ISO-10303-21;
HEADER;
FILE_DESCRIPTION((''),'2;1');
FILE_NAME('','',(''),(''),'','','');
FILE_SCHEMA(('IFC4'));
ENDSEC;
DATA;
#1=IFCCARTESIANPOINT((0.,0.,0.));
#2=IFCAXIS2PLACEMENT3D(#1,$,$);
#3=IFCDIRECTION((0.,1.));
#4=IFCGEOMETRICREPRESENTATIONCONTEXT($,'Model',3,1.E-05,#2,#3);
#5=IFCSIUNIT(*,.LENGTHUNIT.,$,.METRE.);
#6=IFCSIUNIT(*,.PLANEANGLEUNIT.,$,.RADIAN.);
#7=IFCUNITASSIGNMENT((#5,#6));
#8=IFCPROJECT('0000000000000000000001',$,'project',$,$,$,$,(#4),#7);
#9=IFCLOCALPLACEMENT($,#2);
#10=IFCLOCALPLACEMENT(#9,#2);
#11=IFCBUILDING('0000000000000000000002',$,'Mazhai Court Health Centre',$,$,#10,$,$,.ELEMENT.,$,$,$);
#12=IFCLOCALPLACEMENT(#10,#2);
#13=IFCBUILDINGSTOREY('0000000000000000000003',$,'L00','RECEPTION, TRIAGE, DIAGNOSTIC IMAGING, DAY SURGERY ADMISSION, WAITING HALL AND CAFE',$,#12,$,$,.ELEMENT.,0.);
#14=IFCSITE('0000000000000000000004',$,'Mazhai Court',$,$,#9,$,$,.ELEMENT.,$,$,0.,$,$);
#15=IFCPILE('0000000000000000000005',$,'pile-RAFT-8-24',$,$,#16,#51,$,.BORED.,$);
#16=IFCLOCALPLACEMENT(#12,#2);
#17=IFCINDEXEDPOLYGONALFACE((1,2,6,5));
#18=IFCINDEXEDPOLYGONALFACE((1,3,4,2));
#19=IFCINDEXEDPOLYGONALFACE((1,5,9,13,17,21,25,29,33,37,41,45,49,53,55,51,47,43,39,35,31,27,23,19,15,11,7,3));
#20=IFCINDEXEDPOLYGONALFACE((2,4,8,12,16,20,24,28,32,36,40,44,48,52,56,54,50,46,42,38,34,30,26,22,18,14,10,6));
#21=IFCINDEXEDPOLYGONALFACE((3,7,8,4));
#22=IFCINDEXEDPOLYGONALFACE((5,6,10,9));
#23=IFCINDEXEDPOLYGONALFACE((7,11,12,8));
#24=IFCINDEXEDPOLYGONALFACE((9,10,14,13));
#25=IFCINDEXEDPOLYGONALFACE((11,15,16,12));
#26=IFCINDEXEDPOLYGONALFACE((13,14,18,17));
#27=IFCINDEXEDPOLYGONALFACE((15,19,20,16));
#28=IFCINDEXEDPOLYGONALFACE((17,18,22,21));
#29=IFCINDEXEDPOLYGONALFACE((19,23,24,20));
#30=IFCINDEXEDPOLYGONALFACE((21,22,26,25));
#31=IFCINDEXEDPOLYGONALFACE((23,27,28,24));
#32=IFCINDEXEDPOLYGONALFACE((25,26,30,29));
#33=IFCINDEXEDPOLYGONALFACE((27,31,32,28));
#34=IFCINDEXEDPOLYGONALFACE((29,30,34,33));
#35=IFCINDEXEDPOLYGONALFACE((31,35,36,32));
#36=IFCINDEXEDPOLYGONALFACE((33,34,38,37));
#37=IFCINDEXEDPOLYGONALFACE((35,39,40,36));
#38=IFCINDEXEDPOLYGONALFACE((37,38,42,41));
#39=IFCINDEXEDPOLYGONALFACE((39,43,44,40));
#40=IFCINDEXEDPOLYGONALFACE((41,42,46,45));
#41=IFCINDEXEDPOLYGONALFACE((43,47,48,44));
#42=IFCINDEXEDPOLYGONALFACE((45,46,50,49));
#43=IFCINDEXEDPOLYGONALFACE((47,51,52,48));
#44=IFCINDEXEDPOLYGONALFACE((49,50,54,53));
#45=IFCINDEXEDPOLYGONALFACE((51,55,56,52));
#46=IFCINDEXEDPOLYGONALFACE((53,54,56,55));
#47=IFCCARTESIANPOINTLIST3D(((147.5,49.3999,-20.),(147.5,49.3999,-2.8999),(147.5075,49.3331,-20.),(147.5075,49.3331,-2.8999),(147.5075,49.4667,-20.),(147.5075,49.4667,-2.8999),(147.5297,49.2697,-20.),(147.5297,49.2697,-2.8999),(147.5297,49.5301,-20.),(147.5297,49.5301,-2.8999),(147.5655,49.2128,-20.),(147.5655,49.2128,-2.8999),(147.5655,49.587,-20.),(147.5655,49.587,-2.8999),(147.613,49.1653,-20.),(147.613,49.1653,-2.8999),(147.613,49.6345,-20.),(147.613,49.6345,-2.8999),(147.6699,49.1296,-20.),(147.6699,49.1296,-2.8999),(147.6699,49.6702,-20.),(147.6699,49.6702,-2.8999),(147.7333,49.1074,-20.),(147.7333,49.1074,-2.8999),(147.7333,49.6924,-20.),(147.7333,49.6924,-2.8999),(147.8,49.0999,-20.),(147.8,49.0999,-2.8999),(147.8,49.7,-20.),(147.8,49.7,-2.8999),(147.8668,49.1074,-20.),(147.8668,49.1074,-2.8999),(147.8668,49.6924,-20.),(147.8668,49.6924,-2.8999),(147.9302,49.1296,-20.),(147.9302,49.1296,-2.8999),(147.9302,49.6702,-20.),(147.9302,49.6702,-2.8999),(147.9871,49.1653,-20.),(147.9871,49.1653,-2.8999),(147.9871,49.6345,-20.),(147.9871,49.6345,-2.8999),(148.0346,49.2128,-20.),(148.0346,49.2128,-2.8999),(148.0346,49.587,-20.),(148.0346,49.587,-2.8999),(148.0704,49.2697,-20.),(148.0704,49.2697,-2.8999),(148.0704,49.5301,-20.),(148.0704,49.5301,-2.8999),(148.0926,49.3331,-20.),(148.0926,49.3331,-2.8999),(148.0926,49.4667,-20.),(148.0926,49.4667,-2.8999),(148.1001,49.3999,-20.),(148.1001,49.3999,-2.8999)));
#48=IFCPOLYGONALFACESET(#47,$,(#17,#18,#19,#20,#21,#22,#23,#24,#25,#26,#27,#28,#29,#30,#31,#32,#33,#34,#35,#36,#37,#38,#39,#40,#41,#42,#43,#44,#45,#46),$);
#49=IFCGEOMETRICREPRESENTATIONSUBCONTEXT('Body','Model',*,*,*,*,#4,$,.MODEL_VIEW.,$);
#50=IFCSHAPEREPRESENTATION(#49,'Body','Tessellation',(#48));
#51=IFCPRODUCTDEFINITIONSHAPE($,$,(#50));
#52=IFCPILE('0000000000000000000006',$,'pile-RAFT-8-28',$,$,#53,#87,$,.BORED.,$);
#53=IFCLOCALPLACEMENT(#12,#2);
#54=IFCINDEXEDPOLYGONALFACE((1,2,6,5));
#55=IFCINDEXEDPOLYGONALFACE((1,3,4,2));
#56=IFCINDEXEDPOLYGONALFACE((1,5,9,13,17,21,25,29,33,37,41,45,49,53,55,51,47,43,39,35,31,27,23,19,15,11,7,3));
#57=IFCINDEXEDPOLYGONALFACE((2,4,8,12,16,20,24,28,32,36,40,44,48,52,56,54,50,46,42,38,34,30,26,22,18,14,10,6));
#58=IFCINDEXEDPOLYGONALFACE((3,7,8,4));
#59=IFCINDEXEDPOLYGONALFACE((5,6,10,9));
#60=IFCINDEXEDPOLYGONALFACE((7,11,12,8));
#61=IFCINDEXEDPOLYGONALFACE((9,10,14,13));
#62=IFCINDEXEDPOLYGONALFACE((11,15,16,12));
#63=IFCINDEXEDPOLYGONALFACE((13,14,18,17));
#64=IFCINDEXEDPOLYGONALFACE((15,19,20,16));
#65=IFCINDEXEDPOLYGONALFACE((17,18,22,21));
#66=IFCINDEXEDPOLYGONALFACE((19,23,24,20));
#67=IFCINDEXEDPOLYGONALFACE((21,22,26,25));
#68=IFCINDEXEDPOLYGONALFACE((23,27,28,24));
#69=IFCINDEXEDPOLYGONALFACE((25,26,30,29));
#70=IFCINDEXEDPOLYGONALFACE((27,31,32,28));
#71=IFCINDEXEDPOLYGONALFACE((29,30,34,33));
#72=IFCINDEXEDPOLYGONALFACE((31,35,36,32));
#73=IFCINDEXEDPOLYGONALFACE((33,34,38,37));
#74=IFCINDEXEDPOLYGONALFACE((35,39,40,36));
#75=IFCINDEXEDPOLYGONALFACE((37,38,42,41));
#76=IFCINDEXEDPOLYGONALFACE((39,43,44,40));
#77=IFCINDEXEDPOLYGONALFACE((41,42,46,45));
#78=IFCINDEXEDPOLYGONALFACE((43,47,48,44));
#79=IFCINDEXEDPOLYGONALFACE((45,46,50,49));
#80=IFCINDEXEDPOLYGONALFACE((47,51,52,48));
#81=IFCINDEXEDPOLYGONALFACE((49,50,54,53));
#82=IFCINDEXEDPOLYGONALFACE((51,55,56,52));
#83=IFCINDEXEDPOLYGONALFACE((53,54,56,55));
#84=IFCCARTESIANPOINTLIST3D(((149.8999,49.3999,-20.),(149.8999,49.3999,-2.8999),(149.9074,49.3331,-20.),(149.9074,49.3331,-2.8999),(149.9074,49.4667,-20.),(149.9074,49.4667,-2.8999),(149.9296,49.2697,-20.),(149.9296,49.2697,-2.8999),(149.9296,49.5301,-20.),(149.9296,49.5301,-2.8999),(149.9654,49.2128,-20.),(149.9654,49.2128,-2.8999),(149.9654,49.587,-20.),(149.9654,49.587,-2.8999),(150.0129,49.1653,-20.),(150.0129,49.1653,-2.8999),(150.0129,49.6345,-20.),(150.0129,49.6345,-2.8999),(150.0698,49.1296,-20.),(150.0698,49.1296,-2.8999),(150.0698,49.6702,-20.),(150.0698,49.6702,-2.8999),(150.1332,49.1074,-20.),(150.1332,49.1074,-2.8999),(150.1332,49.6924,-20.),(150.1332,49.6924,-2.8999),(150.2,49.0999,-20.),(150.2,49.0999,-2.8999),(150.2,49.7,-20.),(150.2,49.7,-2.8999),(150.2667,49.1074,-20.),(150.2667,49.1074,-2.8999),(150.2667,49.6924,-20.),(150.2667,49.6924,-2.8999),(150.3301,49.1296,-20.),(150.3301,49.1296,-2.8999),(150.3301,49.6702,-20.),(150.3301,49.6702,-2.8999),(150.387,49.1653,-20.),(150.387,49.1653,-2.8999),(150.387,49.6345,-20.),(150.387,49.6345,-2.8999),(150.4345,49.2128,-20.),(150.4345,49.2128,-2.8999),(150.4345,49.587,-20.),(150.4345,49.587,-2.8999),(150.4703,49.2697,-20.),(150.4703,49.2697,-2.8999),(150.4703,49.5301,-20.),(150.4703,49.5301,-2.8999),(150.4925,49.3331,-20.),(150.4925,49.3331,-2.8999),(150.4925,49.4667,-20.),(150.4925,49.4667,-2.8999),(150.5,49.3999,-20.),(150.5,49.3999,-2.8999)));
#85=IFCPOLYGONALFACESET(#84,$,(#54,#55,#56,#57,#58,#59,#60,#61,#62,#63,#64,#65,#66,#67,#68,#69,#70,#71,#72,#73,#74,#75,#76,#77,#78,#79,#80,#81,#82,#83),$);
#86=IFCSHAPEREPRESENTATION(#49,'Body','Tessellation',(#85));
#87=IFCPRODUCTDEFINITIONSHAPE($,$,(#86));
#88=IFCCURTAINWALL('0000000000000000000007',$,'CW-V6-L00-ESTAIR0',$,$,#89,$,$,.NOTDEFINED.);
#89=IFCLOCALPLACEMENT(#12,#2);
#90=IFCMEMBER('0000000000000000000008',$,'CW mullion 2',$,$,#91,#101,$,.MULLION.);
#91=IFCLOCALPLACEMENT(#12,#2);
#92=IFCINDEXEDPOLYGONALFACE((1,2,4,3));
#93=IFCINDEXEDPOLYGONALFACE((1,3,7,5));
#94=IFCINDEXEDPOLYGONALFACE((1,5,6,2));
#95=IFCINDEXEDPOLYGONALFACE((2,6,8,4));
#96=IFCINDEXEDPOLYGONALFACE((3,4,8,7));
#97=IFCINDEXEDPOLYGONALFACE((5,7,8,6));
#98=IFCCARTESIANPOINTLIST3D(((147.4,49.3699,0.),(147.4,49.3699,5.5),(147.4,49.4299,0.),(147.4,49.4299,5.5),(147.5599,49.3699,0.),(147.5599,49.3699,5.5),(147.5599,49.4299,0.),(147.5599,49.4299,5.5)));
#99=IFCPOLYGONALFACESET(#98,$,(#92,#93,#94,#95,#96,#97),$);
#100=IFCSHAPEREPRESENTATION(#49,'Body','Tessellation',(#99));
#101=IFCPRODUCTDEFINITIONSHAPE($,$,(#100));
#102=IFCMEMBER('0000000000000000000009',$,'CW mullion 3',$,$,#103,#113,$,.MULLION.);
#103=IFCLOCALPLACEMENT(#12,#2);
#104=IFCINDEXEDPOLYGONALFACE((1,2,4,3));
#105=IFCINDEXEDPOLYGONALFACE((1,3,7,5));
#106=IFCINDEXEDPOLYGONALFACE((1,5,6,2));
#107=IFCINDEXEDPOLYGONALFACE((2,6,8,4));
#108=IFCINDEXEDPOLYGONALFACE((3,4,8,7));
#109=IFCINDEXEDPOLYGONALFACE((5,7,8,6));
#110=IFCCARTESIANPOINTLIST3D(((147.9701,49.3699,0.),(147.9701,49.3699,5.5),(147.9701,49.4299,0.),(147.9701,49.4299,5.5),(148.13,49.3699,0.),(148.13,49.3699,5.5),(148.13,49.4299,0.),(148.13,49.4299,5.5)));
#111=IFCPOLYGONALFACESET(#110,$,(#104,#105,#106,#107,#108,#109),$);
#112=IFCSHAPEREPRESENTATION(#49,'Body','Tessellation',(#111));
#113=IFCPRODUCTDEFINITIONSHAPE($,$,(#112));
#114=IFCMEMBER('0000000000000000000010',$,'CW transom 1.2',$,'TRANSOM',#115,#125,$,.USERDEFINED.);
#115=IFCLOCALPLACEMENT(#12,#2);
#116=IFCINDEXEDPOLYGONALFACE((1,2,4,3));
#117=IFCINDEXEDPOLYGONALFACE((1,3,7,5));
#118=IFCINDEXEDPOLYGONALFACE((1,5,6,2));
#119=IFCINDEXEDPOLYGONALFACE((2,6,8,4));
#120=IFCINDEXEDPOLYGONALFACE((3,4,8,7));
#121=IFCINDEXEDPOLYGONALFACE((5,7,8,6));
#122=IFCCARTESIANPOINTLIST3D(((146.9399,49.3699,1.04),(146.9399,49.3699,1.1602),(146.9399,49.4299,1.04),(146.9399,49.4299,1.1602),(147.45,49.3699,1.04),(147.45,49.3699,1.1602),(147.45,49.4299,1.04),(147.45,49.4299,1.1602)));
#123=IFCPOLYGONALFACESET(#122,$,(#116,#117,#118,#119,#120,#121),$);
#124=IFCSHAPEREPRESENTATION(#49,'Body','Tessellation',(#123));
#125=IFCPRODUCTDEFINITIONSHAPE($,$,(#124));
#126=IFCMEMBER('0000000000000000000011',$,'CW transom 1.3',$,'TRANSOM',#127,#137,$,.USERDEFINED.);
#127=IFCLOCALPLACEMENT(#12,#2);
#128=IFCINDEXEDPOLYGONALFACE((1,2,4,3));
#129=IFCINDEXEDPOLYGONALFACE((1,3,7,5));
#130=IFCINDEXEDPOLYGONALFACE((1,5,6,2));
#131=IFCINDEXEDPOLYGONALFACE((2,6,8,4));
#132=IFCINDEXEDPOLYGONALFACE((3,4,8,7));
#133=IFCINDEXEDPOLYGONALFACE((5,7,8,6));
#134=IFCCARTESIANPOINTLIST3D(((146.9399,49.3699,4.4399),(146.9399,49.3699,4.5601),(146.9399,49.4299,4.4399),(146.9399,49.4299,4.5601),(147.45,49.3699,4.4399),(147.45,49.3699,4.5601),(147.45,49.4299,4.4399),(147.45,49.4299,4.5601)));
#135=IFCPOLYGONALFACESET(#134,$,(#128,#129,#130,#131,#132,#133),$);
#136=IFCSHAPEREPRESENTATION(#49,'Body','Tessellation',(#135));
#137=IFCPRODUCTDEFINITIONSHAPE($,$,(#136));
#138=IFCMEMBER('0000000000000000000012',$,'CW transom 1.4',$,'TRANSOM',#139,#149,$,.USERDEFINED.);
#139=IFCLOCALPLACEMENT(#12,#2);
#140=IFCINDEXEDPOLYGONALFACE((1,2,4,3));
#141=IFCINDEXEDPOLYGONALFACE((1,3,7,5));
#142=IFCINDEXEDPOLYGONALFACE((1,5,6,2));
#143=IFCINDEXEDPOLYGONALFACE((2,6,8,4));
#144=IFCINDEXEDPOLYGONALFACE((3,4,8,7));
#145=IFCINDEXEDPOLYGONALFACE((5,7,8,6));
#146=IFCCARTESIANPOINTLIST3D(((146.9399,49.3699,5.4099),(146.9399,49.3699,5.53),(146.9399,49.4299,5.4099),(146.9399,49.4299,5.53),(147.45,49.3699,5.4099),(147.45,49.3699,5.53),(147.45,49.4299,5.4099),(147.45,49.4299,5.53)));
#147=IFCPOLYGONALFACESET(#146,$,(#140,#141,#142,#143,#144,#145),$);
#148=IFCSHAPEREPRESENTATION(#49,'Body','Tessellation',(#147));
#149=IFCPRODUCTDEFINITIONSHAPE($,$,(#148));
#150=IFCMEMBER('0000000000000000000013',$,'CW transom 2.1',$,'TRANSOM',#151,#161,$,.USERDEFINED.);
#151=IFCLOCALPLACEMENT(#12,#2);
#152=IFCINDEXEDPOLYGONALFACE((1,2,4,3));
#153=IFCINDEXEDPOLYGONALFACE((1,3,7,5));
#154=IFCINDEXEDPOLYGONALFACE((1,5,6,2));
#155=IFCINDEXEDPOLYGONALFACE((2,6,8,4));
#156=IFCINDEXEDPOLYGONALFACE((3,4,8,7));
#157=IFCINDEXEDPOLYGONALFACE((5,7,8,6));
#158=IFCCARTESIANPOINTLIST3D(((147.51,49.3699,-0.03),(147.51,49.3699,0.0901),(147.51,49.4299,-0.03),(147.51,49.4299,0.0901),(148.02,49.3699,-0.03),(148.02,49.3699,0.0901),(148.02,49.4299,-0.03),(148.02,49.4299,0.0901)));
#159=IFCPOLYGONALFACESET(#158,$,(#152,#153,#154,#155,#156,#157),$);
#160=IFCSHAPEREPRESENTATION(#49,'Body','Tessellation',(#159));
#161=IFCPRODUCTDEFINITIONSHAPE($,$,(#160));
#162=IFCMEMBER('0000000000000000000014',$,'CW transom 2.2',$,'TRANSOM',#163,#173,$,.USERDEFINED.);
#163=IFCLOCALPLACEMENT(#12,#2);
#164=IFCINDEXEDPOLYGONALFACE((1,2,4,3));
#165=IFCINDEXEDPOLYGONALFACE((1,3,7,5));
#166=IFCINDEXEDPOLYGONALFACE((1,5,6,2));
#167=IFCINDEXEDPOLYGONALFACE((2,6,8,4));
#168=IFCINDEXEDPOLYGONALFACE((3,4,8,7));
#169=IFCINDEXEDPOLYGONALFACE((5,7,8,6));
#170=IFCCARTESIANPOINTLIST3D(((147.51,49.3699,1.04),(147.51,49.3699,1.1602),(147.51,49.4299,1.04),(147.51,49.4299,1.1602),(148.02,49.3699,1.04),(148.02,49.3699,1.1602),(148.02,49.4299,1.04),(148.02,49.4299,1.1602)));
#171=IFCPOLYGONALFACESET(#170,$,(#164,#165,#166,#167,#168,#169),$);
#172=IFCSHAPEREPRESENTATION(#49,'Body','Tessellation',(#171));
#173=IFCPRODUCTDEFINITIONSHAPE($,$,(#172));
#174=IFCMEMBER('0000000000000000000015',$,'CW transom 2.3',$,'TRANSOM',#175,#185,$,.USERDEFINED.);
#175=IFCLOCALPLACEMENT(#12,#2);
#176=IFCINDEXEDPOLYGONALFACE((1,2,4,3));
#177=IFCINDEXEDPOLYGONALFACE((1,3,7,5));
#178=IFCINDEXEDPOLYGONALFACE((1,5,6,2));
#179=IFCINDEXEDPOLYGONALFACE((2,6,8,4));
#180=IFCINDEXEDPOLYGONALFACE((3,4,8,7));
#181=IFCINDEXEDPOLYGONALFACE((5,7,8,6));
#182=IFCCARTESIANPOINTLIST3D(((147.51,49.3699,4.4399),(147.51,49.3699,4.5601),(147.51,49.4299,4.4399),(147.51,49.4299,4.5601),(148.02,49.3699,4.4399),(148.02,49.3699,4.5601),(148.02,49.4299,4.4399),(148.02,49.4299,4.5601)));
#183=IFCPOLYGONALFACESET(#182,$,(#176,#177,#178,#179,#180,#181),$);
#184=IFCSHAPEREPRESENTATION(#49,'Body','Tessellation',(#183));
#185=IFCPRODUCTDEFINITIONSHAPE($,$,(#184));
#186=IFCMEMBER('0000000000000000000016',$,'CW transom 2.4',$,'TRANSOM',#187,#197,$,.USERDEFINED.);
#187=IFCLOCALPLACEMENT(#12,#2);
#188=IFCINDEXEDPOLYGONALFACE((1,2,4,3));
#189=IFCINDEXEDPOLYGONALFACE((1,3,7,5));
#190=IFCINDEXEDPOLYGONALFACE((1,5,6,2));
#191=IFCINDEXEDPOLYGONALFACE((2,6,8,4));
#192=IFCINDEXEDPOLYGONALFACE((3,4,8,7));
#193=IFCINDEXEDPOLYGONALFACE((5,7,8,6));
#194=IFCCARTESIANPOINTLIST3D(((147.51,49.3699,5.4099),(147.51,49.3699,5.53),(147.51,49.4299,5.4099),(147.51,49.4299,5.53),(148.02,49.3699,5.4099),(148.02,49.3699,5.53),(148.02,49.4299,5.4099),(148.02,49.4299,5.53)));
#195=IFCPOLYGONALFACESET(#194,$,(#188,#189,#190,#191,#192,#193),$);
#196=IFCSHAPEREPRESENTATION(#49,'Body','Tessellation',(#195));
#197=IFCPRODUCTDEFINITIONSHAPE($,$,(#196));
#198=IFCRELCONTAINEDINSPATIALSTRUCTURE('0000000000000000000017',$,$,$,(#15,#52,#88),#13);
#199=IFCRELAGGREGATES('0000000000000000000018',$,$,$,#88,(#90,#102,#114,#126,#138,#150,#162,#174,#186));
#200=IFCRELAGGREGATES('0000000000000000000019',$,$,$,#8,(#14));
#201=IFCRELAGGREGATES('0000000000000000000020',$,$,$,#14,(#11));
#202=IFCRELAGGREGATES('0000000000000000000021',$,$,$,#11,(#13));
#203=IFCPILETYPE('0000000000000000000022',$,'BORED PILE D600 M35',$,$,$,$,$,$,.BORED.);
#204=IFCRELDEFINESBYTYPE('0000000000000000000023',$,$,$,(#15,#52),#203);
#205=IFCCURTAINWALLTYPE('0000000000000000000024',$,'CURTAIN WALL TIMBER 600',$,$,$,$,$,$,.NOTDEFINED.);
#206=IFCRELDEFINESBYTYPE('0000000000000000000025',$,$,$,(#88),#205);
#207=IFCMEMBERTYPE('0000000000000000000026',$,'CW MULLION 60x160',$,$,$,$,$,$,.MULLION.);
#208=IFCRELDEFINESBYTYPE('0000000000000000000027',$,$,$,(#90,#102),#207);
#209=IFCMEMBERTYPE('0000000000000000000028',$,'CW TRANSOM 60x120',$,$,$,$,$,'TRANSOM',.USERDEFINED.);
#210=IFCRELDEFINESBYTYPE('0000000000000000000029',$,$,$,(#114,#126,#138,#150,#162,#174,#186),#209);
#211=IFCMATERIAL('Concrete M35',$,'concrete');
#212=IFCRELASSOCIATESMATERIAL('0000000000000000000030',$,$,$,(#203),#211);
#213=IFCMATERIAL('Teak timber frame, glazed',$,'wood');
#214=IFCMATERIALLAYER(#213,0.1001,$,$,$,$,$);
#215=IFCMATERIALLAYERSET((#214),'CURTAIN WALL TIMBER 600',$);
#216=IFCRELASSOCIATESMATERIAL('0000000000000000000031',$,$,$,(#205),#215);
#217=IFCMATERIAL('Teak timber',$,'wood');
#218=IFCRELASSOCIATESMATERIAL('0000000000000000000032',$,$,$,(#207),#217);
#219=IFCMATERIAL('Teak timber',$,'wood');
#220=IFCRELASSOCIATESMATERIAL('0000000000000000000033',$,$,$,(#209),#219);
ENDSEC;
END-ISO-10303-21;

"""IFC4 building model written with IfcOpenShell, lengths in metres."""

from ifc_helpers import new_model, si_unit, direction, frame, origin, origin_2d, place, context, subcontext, project, spatial, rectangle, circle, extrude, material, layer, layer_set, material_profile, profile_set, type_object, element, aggregate, save


model = new_model("IFC4")

# Units and contexts
model_context = context("Model", 3, precision=1e-05, world=origin(), true_north=direction((0.0, 1.0)))
body_context = subcontext(model_context, "Body", "Model", "MODEL_VIEW")
ifc_project = project(units=[si_unit("LENGTHUNIT", "METRE"), si_unit("PLANEANGLEUNIT", "RADIAN")], contexts=[model_context])

# Site, building, storey
site_placement = place(None, origin())
site = spatial("IfcSite", under=ifc_project, at=site_placement, Name="Mazhai Court", CompositionType="ELEMENT", RefElevation=0.0)
building_placement = place(site_placement, origin())
building = spatial("IfcBuilding", under=site, at=building_placement, Name="Mazhai Court Health Centre", CompositionType="ELEMENT")
storey_placement = place(building_placement, origin())
storey = spatial("IfcBuildingStorey", under=building, at=storey_placement, Name="L00", Description="RECEPTION, TRIAGE, DIAGNOSTIC IMAGING, DAY SURGERY ADMISSION, WAITING HALL AND CAFE", CompositionType="ELEMENT", Elevation=0.0)

# Piles
ifc_material_1 = material(Name="Concrete M35", Category="concrete")
ifc_material_profile_1 = material_profile(ifc_material_1, circle(Radius=0.3, at=origin_2d()), Name="RC PILE D600")
ifc_profile_set_1 = profile_set([ifc_material_profile_1], Name="Concrete M35")
pile_type = type_object("IfcPileType", Name="BORED PILE D600 M35", PredefinedType="BORED", material=ifc_profile_set_1)
for number, where, z_axis, x_axis, name in (
    (1, (147.8, 49.3999, -2.8999), (0.0, 0.0, -1.0), (1.0, 0.0, 0.0), "pile-RAFT-8-24"),
    (2, (150.2, 49.3999, -2.8999), (0.0, 0.0, -1.0), (1.0, 0.0, 0.0), "pile-RAFT-8-28"),
):
    element("IfcPile", number, at=place(storey_placement, frame(where, z_axis=z_axis, x_axis=x_axis)), inside=storey, type_object=pile_type, Name=name, PredefinedType="BORED", context=body_context, shape_type="SweptSolid", body=[
        extrude(circle(Radius=0.3, at=origin_2d()), origin(), (0.0, 0.0, 1.0), 17.1001),
    ])

# Curtain wall, members
ifc_material_2 = material(Name="Teak timber frame, glazed", Category="wood")
ifc_layer_1 = layer(ifc_material_2, 0.1001)
ifc_layer_set_1 = layer_set([ifc_layer_1], Name="CURTAIN WALL TIMBER 600")
curtain_wall_type = type_object("IfcCurtainWallType", Name="CURTAIN WALL TIMBER 600", PredefinedType="NOTDEFINED", material=ifc_layer_set_1)
curtain_wall_placement = place(storey_placement, origin())
curtain_wall = element("IfcCurtainWall", 3, at=curtain_wall_placement, inside=storey, type_object=curtain_wall_type, Name="CW-V6-L00-ESTAIR0", PredefinedType="NOTDEFINED")
ifc_material_3 = material(Name="Teak timber", Category="wood")
ifc_material_profile_2 = material_profile(ifc_material_3, rectangle(XDim=0.0601, YDim=0.1599, at=origin_2d()), Name="CW MULLION 60x160")
ifc_profile_set_2 = profile_set([ifc_material_profile_2], Name="Teak timber")
member_type_1 = type_object("IfcMemberType", Name="CW MULLION 60x160", PredefinedType="MULLION", material=ifc_profile_set_2)
member_1_placement = place(storey_placement, frame((147.48, 49.3999, 0.0), z_axis=(0.0, 0.0, 1.0), x_axis=(0.0, 1.0, 0.0)))
member_1 = element("IfcMember", 4, at=member_1_placement, type_object=member_type_1, Name="CW mullion 2", PredefinedType="MULLION", context=body_context, shape_type="SweptSolid", body=[
    extrude(rectangle(XDim=0.0601, YDim=0.1599, at=origin_2d()), origin(), (0.0, 0.0, 1.0), 5.5),
])
member_2_placement = place(storey_placement, frame((148.05, 49.3999, 0.0), z_axis=(0.0, 0.0, 1.0), x_axis=(0.0, 1.0, 0.0)))
member_2 = element("IfcMember", 5, at=member_2_placement, type_object=member_type_1, Name="CW mullion 3", PredefinedType="MULLION", context=body_context, shape_type="SweptSolid", body=[
    extrude(rectangle(XDim=0.0601, YDim=0.1599, at=origin_2d()), origin(), (0.0, 0.0, 1.0), 5.5),
])
ifc_material_4 = material(Name="Teak timber", Category="wood")
ifc_material_profile_3 = material_profile(ifc_material_4, rectangle(XDim=0.0601, YDim=0.1201, at=origin_2d()), Name="CW TRANSOM 60x120")
ifc_profile_set_3 = profile_set([ifc_material_profile_3], Name="Teak timber")
member_type_2 = type_object("IfcMemberType", Name="CW TRANSOM 60x120", ElementType="TRANSOM", PredefinedType="USERDEFINED", material=ifc_profile_set_3)
member_3_placement = place(storey_placement, frame((146.9399, 49.3999, 1.1001), z_axis=(1.0, 0.0, 0.0), x_axis=(0.0, 1.0, 0.0)))
member_3 = element("IfcMember", 6, at=member_3_placement, type_object=member_type_2, Name="CW transom 1.2", ObjectType="TRANSOM", PredefinedType="USERDEFINED", context=body_context, shape_type="SweptSolid", body=[
    extrude(rectangle(XDim=0.0601, YDim=0.1201, at=origin_2d()), origin(), (0.0, 0.0, 1.0), 0.51),
])
member_4_placement = place(storey_placement, frame((146.9399, 49.3999, 4.5), z_axis=(1.0, 0.0, 0.0), x_axis=(0.0, 1.0, 0.0)))
member_4 = element("IfcMember", 7, at=member_4_placement, type_object=member_type_2, Name="CW transom 1.3", ObjectType="TRANSOM", PredefinedType="USERDEFINED", context=body_context, shape_type="SweptSolid", body=[
    extrude(rectangle(XDim=0.0601, YDim=0.1201, at=origin_2d()), origin(), (0.0, 0.0, 1.0), 0.51),
])
member_5_placement = place(storey_placement, frame((146.9399, 49.3999, 5.47), z_axis=(1.0, 0.0, 0.0), x_axis=(0.0, 1.0, 0.0)))
member_5 = element("IfcMember", 8, at=member_5_placement, type_object=member_type_2, Name="CW transom 1.4", ObjectType="TRANSOM", PredefinedType="USERDEFINED", context=body_context, shape_type="SweptSolid", body=[
    extrude(rectangle(XDim=0.0601, YDim=0.1201, at=origin_2d()), origin(), (0.0, 0.0, 1.0), 0.51),
])
member_6_placement = place(storey_placement, frame((147.51, 49.3999, 0.03), z_axis=(1.0, 0.0, 0.0), x_axis=(0.0, 1.0, 0.0)))
member_6 = element("IfcMember", 9, at=member_6_placement, type_object=member_type_2, Name="CW transom 2.1", ObjectType="TRANSOM", PredefinedType="USERDEFINED", context=body_context, shape_type="SweptSolid", body=[
    extrude(rectangle(XDim=0.0601, YDim=0.1201, at=origin_2d()), origin(), (0.0, 0.0, 1.0), 0.51),
])
member_7_placement = place(storey_placement, frame((147.51, 49.3999, 1.1001), z_axis=(1.0, 0.0, 0.0), x_axis=(0.0, 1.0, 0.0)))
member_7 = element("IfcMember", 10, at=member_7_placement, type_object=member_type_2, Name="CW transom 2.2", ObjectType="TRANSOM", PredefinedType="USERDEFINED", context=body_context, shape_type="SweptSolid", body=[
    extrude(rectangle(XDim=0.0601, YDim=0.1201, at=origin_2d()), origin(), (0.0, 0.0, 1.0), 0.51),
])
member_8_placement = place(storey_placement, frame((147.51, 49.3999, 4.5), z_axis=(1.0, 0.0, 0.0), x_axis=(0.0, 1.0, 0.0)))
member_8 = element("IfcMember", 11, at=member_8_placement, type_object=member_type_2, Name="CW transom 2.3", ObjectType="TRANSOM", PredefinedType="USERDEFINED", context=body_context, shape_type="SweptSolid", body=[
    extrude(rectangle(XDim=0.0601, YDim=0.1201, at=origin_2d()), origin(), (0.0, 0.0, 1.0), 0.51),
])
member_9_placement = place(storey_placement, frame((147.51, 49.3999, 5.47), z_axis=(1.0, 0.0, 0.0), x_axis=(0.0, 1.0, 0.0)))
member_9 = element("IfcMember", 12, at=member_9_placement, type_object=member_type_2, Name="CW transom 2.4", ObjectType="TRANSOM", PredefinedType="USERDEFINED", context=body_context, shape_type="SweptSolid", body=[
    extrude(rectangle(XDim=0.0601, YDim=0.1201, at=origin_2d()), origin(), (0.0, 0.0, 1.0), 0.51),
])
aggregate(curtain_wall, [member_1, member_2, member_3, member_4, member_5, member_6, member_7, member_8, member_9])

save(model, "model.ifc")
